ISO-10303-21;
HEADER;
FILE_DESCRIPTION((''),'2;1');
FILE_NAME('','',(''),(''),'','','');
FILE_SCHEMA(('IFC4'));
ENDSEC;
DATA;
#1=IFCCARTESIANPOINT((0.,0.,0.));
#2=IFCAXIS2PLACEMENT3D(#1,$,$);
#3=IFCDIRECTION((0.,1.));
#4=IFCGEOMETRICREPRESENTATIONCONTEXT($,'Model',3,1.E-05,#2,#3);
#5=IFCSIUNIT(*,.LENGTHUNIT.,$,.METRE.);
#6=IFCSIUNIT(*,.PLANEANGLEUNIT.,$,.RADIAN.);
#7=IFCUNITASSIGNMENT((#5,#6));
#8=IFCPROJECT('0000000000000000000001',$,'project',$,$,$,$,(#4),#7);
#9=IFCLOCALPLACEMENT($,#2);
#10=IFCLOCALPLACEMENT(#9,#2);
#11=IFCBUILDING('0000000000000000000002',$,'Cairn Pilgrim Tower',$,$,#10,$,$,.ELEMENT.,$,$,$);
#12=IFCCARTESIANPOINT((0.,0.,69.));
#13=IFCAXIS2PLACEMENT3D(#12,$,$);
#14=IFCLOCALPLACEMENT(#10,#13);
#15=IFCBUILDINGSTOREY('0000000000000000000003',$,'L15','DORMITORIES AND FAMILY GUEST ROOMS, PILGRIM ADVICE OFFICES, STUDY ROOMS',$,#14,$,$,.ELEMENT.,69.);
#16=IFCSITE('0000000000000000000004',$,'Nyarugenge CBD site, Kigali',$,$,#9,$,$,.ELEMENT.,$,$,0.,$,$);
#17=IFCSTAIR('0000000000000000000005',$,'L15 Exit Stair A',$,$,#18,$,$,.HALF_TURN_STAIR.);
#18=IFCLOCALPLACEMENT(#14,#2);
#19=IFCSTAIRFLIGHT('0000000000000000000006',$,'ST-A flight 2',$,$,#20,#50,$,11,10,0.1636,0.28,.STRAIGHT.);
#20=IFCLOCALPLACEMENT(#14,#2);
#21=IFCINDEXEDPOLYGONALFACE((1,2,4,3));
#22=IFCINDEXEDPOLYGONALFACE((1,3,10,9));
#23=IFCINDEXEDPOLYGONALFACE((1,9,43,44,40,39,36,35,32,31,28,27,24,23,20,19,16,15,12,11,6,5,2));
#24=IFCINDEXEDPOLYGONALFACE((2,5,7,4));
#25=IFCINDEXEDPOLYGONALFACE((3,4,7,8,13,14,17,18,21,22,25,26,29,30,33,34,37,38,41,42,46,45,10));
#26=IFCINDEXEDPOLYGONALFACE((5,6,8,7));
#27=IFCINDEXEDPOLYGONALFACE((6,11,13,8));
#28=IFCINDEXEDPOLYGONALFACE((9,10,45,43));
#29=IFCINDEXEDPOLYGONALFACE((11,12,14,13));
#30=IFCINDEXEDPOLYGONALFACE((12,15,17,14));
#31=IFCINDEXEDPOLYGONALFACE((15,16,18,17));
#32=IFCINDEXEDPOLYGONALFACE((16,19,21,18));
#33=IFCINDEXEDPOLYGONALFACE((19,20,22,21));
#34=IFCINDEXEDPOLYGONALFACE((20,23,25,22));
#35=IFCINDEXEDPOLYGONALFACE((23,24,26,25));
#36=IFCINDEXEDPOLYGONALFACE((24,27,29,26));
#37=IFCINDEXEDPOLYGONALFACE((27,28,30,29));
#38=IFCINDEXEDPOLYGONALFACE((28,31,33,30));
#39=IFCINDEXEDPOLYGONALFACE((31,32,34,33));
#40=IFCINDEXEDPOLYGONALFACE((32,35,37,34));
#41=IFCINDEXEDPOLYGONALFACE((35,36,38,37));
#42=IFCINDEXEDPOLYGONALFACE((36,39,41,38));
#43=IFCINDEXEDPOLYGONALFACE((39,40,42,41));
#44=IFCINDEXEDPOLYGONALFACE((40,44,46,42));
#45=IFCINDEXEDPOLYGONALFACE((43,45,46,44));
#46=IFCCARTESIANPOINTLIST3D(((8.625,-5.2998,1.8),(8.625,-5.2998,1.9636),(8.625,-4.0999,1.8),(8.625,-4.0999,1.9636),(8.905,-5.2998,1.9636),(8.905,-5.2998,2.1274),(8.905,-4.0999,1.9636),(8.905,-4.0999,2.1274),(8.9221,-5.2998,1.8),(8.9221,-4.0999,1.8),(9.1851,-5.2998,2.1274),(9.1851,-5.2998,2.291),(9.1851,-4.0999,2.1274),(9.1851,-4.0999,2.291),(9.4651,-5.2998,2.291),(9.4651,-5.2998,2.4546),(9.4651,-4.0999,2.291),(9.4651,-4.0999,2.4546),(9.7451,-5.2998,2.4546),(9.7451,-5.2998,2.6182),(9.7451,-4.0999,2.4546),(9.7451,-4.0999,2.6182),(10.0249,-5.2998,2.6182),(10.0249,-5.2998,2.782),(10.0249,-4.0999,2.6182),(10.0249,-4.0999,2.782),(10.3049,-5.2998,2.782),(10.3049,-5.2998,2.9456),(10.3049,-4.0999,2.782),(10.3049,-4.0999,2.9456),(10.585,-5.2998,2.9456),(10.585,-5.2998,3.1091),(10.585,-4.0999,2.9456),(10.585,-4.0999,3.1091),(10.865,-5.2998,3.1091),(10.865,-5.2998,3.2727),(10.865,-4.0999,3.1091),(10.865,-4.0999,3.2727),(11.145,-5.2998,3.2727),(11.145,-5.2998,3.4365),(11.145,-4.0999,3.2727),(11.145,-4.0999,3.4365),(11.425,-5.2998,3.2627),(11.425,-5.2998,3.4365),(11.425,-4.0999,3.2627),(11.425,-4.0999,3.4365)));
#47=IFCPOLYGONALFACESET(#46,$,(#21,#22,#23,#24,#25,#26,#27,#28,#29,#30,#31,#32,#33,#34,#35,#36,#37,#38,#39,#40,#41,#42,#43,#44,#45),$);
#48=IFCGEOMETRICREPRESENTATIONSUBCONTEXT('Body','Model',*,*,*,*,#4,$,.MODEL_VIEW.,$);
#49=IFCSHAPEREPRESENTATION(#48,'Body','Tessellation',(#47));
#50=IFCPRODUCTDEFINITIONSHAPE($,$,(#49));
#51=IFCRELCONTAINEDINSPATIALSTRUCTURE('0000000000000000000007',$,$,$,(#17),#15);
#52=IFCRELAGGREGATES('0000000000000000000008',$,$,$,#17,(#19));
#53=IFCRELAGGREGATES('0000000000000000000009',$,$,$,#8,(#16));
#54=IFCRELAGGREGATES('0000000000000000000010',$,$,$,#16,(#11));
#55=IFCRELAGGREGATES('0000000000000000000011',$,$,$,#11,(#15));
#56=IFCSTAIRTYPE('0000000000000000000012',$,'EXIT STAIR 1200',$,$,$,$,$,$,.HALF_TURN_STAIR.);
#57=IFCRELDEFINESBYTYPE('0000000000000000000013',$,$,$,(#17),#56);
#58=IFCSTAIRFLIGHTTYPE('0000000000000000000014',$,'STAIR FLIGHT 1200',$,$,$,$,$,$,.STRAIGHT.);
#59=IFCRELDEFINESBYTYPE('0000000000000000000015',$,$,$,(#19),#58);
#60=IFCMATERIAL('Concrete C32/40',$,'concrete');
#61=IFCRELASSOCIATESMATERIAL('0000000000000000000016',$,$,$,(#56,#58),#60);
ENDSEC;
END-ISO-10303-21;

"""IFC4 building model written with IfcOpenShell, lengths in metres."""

from ifc_helpers import new_model, si_unit, direction, frame, origin, place, context, subcontext, project, spatial, polyline, outline, extrude, material, type_object, element, aggregate, save


model = new_model("IFC4")

# Units and contexts
model_context = context("Model", 3, precision=1e-05, world=origin(), true_north=direction((0.0, 1.0)))
body_context = subcontext(model_context, "Body", "Model", "MODEL_VIEW")
ifc_project = project(units=[si_unit("LENGTHUNIT", "METRE"), si_unit("PLANEANGLEUNIT", "RADIAN")], contexts=[model_context])

# Site, building, storey
site_placement = place(None, origin())
site = spatial("IfcSite", under=ifc_project, at=site_placement, Name="Nyarugenge CBD site, Kigali", CompositionType="ELEMENT", RefElevation=0.0)
building_placement = place(site_placement, origin())
building = spatial("IfcBuilding", under=site, at=building_placement, Name="Cairn Pilgrim Tower", CompositionType="ELEMENT")
storey_placement = place(building_placement, frame((0.0, 0.0, 69.0)))
storey = spatial("IfcBuildingStorey", under=building, at=storey_placement, Name="L15", Description="DORMITORIES AND FAMILY GUEST ROOMS, PILGRIM ADVICE OFFICES, STUDY ROOMS", CompositionType="ELEMENT", Elevation=69.0)

# Shared definitions
ifc_material_1 = material(Name="Concrete C32/40", Category="concrete")

# Stair, stair flight
stair_type = type_object("IfcStairType", Name="EXIT STAIR 1200", PredefinedType="HALF_TURN_STAIR", material=ifc_material_1)
stair_placement = place(storey_placement, origin())
stair = element("IfcStair", 1, at=stair_placement, inside=storey, type_object=stair_type, Name="L15 Exit Stair A", PredefinedType="HALF_TURN_STAIR")
stair_flight_type = type_object("IfcStairFlightType", Name="STAIR FLIGHT 1200", PredefinedType="STRAIGHT", material=ifc_material_1)
stair_flight_1_placement = place(storey_placement, frame((8.625, -4.7, 1.8), z_axis=(0.0, 0.0, 1.0), x_axis=(1.0, 0.0, 0.0)))
stair_flight_1 = element("IfcStairFlight", 2, at=stair_flight_1_placement, type_object=stair_flight_type, Name="ST-A flight 2", NumberOfRisers=11, NumberOfTreads=10, PredefinedType="STRAIGHT", RiserHeight=0.1636, TreadLength=0.28, context=body_context, shape_type="SweptSolid", body=[
    extrude(outline(polyline([(0.0, 0.0), (0.0, 0.1636), (0.28, 0.1636), (0.28, 0.3274), (0.5601, 0.3274), (0.5601, 0.491), (0.8401, 0.491), (0.8401, 0.6545), (1.1201, 0.6545), (1.1201, 0.8181), (1.3999, 0.8181), (1.3999, 0.9819), (1.6799, 0.9819), (1.6799, 1.1455), (1.96, 1.1455), (1.96, 1.3091), (2.24, 1.3091), (2.24, 1.4727), (2.52, 1.4727), (2.52, 1.6365), (2.8, 1.6365), (2.8, 1.8), (2.8, 1.4626), (0.2971, 0.0), (0.0, 0.0)])), frame((0.0, 0.6001, 0.0), z_axis=(0.0, -1.0, 0.0), x_axis=(1.0, 0.0, 0.0)), (0.0, 0.0, 1.0), 1.2),
])
aggregate(stair, [stair_flight_1])

save(model, "model.ifc")
